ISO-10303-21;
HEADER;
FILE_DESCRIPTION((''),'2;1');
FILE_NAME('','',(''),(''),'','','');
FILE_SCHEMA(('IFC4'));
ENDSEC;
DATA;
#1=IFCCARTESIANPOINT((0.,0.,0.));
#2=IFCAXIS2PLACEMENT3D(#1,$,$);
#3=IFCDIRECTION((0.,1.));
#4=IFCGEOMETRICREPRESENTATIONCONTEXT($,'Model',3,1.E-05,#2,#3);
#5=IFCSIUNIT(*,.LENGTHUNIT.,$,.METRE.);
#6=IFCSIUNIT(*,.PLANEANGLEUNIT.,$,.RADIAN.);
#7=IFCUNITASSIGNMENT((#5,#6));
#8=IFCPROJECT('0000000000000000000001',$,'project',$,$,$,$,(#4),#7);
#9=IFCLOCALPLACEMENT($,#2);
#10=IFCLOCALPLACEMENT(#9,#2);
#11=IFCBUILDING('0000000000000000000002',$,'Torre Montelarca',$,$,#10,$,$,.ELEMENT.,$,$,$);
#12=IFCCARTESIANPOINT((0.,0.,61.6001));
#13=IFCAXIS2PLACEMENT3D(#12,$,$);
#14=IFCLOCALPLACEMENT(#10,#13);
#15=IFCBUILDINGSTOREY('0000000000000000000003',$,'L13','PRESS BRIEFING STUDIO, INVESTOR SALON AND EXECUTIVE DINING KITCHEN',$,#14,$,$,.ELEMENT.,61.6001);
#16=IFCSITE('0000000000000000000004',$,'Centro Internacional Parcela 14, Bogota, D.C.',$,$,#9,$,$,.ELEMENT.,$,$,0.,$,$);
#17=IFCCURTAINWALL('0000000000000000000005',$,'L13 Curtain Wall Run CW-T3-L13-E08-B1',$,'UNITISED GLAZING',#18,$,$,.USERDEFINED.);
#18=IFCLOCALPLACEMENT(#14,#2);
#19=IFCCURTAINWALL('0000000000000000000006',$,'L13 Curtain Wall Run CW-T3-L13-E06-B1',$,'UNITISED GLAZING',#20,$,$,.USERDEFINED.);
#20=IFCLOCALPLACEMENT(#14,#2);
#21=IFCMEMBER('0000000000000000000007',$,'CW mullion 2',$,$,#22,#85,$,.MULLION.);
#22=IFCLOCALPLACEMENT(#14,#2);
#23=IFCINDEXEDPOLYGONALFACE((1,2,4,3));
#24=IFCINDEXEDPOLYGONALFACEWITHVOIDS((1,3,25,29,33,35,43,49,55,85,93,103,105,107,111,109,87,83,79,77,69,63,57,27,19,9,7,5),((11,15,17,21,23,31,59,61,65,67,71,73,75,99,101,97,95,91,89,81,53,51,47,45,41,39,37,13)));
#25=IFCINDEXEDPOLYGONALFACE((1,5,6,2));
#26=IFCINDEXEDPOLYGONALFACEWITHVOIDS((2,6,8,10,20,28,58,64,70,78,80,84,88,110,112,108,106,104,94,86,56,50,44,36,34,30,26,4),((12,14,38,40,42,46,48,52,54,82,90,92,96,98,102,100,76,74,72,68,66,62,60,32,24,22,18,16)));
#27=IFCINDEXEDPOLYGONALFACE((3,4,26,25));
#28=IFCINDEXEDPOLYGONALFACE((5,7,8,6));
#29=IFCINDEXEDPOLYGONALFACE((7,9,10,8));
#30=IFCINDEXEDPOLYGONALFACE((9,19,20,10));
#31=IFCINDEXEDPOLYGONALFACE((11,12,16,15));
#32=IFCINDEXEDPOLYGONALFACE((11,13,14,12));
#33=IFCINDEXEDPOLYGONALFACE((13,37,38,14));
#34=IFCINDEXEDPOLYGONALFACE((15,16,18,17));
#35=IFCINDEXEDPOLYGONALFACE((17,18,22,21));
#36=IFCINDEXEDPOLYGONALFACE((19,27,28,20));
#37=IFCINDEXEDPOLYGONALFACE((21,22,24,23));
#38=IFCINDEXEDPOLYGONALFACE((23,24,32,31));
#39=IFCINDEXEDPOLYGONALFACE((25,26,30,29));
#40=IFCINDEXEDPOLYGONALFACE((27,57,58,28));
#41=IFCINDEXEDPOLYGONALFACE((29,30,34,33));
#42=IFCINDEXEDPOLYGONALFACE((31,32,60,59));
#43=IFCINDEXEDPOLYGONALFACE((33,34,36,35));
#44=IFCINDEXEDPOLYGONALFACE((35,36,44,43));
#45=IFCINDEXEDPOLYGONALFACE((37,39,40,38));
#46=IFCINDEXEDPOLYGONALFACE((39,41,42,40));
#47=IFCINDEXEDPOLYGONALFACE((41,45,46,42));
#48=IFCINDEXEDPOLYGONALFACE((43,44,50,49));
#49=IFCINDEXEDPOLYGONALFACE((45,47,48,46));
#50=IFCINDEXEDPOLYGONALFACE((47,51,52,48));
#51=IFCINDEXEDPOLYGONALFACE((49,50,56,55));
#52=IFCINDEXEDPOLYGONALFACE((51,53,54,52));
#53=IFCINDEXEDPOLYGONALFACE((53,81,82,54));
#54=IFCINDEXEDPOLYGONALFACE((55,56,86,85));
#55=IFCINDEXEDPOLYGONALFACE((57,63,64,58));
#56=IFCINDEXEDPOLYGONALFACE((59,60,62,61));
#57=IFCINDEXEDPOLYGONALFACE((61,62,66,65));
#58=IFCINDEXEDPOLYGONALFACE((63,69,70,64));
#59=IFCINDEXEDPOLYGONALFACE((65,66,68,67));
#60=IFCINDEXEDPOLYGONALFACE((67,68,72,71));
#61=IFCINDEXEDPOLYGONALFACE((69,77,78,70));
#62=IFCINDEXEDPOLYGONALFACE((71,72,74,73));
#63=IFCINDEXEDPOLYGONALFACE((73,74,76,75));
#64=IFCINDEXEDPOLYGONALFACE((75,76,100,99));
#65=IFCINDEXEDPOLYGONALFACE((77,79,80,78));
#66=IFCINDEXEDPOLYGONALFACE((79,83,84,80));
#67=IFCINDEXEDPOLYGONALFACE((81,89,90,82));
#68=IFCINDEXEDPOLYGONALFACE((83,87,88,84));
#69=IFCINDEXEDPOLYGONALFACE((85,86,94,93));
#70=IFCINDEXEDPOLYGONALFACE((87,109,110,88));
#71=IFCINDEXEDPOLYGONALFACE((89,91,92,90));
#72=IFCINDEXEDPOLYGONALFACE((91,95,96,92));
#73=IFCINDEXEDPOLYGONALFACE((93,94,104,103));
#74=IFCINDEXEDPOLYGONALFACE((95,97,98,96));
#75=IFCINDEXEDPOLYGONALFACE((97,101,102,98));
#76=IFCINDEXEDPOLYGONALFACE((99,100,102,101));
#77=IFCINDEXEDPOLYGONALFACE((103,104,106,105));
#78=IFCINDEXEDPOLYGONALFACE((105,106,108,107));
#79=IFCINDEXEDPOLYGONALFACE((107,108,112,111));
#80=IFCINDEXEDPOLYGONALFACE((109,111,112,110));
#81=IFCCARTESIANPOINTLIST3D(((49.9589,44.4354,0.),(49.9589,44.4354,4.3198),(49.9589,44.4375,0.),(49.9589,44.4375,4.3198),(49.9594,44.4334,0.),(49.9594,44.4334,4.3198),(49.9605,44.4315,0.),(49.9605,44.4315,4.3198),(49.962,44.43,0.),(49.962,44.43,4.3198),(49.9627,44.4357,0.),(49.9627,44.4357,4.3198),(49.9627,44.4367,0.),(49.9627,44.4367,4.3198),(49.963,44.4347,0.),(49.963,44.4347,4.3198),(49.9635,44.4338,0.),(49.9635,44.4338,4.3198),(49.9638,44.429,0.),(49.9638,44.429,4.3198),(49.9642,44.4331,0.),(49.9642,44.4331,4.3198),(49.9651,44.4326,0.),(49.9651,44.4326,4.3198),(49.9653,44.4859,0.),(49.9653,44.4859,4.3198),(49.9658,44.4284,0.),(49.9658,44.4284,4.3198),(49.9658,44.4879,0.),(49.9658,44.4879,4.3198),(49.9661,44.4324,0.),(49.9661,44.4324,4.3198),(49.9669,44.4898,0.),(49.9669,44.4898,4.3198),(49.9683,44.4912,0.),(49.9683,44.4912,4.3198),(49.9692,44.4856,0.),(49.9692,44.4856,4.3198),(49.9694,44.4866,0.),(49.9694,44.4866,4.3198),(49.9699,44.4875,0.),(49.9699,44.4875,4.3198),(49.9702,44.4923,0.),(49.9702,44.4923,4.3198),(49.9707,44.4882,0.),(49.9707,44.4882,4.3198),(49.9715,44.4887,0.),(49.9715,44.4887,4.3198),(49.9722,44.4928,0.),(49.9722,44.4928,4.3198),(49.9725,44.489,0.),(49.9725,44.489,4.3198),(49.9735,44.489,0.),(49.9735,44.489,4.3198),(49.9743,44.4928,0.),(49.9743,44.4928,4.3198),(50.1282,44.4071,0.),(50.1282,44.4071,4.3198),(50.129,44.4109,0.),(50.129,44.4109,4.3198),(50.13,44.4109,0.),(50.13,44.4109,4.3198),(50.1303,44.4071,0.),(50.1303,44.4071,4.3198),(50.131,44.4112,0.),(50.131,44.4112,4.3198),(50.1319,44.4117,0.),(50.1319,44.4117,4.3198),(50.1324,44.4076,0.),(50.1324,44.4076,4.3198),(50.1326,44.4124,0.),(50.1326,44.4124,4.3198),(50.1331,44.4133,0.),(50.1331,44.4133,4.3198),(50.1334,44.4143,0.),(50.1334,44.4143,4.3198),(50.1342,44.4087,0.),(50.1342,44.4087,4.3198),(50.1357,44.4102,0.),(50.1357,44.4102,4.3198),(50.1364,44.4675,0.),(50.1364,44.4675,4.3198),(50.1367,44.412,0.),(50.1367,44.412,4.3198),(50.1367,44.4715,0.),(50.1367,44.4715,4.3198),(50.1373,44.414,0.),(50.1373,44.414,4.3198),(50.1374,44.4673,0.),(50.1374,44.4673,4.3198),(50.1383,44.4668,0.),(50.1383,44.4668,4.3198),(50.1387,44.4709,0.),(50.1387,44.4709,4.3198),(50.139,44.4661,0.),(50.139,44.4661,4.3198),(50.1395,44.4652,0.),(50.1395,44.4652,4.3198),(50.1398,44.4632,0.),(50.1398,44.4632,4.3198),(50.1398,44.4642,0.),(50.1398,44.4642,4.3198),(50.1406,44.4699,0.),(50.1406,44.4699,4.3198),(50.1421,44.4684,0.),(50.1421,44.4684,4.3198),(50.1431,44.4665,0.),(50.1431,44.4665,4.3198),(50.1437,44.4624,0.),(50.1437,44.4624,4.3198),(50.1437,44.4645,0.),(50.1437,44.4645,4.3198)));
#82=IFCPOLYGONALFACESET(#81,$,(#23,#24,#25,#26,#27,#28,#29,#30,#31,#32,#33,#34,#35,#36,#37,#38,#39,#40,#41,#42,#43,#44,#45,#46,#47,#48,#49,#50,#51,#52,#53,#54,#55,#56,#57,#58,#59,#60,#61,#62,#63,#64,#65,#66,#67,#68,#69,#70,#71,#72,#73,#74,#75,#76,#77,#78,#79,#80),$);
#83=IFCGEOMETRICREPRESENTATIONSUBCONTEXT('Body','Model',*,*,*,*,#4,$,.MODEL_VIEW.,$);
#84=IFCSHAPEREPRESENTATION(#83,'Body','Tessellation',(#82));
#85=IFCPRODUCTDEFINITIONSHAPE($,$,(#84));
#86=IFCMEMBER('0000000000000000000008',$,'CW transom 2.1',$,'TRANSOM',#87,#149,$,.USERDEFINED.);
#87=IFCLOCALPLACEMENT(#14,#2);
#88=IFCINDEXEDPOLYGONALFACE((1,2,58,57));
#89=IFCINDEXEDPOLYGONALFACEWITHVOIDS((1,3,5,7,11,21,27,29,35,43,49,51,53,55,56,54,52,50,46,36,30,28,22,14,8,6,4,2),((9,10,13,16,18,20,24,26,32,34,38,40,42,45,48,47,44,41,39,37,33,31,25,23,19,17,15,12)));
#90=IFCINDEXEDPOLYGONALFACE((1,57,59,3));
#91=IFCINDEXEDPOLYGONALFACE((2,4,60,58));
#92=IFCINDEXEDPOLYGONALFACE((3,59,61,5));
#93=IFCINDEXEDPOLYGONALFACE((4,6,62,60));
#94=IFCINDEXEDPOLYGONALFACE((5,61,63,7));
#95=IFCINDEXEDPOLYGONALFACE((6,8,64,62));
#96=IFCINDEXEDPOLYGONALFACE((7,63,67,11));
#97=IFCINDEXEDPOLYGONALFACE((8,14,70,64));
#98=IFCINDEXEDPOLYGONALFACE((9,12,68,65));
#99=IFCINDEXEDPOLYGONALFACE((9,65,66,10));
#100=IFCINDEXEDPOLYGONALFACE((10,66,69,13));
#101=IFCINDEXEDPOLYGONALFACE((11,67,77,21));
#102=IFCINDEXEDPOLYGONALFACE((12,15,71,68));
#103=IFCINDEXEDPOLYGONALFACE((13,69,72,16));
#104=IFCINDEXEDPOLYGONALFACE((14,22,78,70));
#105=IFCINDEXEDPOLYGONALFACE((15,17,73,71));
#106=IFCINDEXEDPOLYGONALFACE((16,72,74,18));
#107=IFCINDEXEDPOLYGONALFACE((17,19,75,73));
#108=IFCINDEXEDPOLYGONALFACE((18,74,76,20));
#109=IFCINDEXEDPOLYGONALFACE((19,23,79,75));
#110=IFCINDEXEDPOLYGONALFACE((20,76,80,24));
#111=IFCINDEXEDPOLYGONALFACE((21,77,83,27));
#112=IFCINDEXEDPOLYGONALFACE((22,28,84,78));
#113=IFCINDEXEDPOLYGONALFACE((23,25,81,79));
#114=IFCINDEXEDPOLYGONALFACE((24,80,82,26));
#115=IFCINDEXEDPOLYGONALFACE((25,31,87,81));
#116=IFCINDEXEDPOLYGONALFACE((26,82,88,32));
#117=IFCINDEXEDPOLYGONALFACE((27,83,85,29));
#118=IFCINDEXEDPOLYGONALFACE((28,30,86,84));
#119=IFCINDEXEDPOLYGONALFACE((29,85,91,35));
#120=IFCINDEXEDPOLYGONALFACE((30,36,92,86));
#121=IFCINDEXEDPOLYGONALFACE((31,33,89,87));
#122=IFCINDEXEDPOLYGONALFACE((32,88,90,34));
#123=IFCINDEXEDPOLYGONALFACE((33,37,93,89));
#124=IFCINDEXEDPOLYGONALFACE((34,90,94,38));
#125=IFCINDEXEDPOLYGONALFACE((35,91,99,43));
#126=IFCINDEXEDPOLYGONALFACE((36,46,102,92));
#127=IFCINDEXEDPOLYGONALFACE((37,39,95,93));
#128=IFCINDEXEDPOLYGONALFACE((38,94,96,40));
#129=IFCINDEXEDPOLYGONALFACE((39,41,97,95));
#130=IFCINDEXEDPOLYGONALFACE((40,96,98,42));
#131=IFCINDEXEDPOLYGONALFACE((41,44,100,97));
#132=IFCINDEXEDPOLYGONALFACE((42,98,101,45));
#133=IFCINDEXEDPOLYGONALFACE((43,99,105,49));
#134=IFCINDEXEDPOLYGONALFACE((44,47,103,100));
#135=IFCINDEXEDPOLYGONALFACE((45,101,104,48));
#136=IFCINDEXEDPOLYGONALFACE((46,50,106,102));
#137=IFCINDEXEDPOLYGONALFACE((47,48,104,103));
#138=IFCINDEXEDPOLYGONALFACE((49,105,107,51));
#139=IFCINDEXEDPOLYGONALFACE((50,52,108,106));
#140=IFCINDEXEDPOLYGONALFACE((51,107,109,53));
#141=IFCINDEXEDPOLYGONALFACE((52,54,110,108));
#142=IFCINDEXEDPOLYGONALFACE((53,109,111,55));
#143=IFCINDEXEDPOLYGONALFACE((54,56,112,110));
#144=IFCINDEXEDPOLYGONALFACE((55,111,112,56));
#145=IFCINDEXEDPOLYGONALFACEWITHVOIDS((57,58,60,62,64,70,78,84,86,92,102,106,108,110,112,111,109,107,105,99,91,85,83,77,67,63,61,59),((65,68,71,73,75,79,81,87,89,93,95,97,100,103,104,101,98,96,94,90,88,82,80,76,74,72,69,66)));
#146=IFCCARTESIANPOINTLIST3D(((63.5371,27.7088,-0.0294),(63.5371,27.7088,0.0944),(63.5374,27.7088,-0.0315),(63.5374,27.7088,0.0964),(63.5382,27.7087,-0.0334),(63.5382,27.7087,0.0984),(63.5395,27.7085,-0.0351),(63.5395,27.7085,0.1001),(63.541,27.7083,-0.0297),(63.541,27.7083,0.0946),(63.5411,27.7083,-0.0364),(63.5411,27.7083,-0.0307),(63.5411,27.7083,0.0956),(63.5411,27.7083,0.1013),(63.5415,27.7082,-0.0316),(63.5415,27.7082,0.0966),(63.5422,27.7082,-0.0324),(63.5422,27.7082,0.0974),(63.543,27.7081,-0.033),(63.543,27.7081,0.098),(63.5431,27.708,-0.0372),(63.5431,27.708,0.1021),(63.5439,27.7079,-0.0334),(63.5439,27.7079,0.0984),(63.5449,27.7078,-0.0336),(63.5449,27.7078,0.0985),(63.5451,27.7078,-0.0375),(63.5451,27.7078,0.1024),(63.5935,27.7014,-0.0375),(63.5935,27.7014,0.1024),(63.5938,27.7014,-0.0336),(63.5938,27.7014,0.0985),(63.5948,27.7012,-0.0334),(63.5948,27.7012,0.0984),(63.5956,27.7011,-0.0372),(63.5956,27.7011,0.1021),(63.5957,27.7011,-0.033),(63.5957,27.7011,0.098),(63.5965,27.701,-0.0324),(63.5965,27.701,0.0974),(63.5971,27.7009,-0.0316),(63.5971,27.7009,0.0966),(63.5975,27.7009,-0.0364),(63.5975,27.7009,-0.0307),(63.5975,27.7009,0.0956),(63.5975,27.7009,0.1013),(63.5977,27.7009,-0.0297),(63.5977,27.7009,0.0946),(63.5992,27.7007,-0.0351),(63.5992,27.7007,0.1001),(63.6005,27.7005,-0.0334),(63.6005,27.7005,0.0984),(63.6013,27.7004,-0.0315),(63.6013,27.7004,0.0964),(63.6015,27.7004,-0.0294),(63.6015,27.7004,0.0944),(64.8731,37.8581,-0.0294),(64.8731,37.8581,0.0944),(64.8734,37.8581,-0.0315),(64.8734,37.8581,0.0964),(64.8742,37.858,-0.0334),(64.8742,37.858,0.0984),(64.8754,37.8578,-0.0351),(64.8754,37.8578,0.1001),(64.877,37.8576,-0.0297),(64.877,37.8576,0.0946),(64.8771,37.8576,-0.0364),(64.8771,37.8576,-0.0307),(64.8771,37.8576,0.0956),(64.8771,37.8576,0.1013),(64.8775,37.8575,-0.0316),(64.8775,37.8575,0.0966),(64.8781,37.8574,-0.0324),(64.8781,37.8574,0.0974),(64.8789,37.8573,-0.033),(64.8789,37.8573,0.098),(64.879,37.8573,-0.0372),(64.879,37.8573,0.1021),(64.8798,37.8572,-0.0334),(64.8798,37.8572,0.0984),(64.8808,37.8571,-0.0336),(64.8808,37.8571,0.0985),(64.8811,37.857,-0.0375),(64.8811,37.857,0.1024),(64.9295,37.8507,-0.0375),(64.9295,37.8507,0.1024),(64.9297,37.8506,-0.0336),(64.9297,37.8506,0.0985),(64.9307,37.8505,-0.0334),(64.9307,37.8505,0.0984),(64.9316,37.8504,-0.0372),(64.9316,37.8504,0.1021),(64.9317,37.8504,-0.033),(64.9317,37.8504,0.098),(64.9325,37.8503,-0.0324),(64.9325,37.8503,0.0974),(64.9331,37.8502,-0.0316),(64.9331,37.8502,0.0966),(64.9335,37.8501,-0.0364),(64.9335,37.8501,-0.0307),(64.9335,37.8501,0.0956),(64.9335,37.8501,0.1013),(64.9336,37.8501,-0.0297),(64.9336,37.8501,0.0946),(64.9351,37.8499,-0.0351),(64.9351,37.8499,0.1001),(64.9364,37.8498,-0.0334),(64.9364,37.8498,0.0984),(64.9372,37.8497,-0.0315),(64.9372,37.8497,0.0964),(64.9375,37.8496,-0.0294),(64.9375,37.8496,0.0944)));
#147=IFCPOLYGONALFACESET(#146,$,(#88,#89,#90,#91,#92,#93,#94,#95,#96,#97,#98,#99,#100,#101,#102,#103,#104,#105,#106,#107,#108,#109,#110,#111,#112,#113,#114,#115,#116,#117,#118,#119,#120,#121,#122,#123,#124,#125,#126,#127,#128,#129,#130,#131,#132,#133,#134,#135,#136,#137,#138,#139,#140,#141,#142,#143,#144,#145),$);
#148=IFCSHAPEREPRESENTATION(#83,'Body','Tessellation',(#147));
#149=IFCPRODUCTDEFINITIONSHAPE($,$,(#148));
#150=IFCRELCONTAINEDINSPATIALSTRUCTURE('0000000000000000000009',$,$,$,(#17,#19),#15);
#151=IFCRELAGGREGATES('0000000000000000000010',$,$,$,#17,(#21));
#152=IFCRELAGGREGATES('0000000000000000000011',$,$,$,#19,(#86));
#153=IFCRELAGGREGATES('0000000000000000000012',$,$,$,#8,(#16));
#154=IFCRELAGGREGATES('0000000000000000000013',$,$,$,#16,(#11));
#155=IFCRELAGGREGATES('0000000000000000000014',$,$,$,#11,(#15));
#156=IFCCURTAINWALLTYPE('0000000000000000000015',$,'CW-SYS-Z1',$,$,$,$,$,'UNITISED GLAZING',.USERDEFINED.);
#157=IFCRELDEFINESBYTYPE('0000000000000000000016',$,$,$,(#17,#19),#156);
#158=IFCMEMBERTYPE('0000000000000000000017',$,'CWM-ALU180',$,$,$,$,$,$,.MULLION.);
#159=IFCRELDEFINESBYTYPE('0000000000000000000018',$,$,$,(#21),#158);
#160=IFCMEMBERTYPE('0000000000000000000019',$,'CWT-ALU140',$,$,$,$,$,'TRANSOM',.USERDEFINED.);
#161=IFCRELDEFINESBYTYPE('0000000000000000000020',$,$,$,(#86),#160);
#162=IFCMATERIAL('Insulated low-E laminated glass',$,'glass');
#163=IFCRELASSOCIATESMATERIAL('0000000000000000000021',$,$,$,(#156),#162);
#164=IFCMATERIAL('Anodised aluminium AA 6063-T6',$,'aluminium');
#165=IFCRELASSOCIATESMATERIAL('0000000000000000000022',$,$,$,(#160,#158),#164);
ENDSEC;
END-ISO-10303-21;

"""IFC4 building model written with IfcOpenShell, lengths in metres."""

from ifc_helpers import new_model, si_unit, direction, frame, origin, origin_2d, place, context, subcontext, project, spatial, hollow_rectangle, extrude, source, transform, mapped, material, material_profile, profile_set, type_object, element, aggregate, save


model = new_model("IFC4")

# Units and contexts
model_context = context("Model", 3, precision=1e-05, world=origin(), true_north=direction((0.0, 1.0)))
body_context = subcontext(model_context, "Body", "Model", "MODEL_VIEW")
ifc_project = project(units=[si_unit("LENGTHUNIT", "METRE"), si_unit("PLANEANGLEUNIT", "RADIAN")], contexts=[model_context])

# Site, building, storey
site_placement = place(None, origin())
site = spatial("IfcSite", under=ifc_project, at=site_placement, Name="Centro Internacional Parcela 14, Bogota, D.C.", CompositionType="ELEMENT", RefElevation=0.0)
building_placement = place(site_placement, origin())
building = spatial("IfcBuilding", under=site, at=building_placement, Name="Torre Montelarca", CompositionType="ELEMENT")
storey_placement = place(building_placement, frame((0.0, 0.0, 61.6001)))
storey = spatial("IfcBuildingStorey", under=building, at=storey_placement, Name="L13", Description="PRESS BRIEFING STUDIO, INVESTOR SALON AND EXECUTIVE DINING KITCHEN", CompositionType="ELEMENT", Elevation=61.6001)

# Curtain walls
ifc_material_1 = material(Name="Insulated low-E laminated glass", Category="glass")
curtain_wall_type = type_object("IfcCurtainWallType", Name="CW-SYS-Z1", ElementType="UNITISED GLAZING", PredefinedType="USERDEFINED", material=ifc_material_1)
ifc_material_2 = material(Name="Anodised aluminium AA 6063-T6", Category="aluminium")
ifc_material_profile_1 = material_profile(ifc_material_2, hollow_rectangle(XDim=0.0649, YDim=0.1399, WallThickness=0.0039, InnerFilletRadius=0.0039, OuterFilletRadius=0.0081, at=origin_2d()), Name="ALU65X140X4", Category="aluminium")
ifc_profile_set_1 = profile_set([ifc_material_profile_1], Name="Anodised aluminium AA 6063-T6")
member_type_1 = type_object("IfcMemberType", Name="CWT-ALU140", ElementType="TRANSOM", PredefinedType="USERDEFINED", material=ifc_profile_set_1)
curtain_wall_1_placement = place(storey_placement, origin())
curtain_wall_1 = element("IfcCurtainWall", 1, at=curtain_wall_1_placement, inside=storey, type_object=curtain_wall_type, Name="L13 Curtain Wall Run CW-T3-L13-E08-B1", ObjectType="UNITISED GLAZING", PredefinedType="USERDEFINED")
curtain_wall_2_placement = place(storey_placement, origin())
curtain_wall_2 = element("IfcCurtainWall", 2, at=curtain_wall_2_placement, inside=storey, type_object=curtain_wall_type, Name="L13 Curtain Wall Run CW-T3-L13-E06-B1", ObjectType="UNITISED GLAZING", PredefinedType="USERDEFINED")
ifc_material_profile_2 = material_profile(ifc_material_2, hollow_rectangle(XDim=0.0649, YDim=0.1799, WallThickness=0.0039, InnerFilletRadius=0.0039, OuterFilletRadius=0.0081, at=origin_2d()), Name="ALU65X180X4", Category="aluminium")
ifc_profile_set_2 = profile_set([ifc_material_profile_2], Name="Anodised aluminium AA 6063-T6")
member_type_2 = type_object("IfcMemberType", Name="CWM-ALU180", PredefinedType="MULLION", material=ifc_profile_set_2)
shared_shape_1 = source(origin(), body_context, "Body", "SweptSolid", [
    extrude(hollow_rectangle(XDim=0.0649, YDim=0.1799, WallThickness=0.0039, InnerFilletRadius=0.0039, OuterFilletRadius=0.0081, at=origin_2d()), origin(), (0.0, 0.0, 1.0), 4.3198),
])

# Members
member_1_placement = place(storey_placement, frame((50.0513, 44.45, 0.0), z_axis=(0.0, 0.0, 1.0), x_axis=(-0.130523, -0.991445, 0.0)))
member_1 = element("IfcMember", 3, at=member_1_placement, type_object=member_type_2, Name="CW mullion 2", PredefinedType="MULLION", context=body_context, shape_type="MappedRepresentation", body=[
    mapped(shared_shape_1, transform((0.0, 0.0, 0.0), scale=1.0)),
])
shared_shape_2 = source(origin(), body_context, "Body", "SweptSolid", [
    extrude(hollow_rectangle(XDim=0.0649, YDim=0.1399, WallThickness=0.0039, InnerFilletRadius=0.0039, OuterFilletRadius=0.0081, at=origin_2d()), origin(), (0.0, 0.0, 1.0), 10.2368),
])
member_2_placement = place(storey_placement, frame((63.5693, 27.7046, 0.0325), z_axis=(0.130504, 0.991448, 0.0), x_axis=(-0.991448, 0.130504, 0.0)))
member_2 = element("IfcMember", 4, at=member_2_placement, type_object=member_type_1, Name="CW transom 2.1", ObjectType="TRANSOM", PredefinedType="USERDEFINED", context=body_context, shape_type="MappedRepresentation", body=[
    mapped(shared_shape_2, transform((0.0, 0.0, 0.0), scale=1.0)),
])

aggregate(curtain_wall_1, [member_1])
aggregate(curtain_wall_2, [member_2])

save(model, "model.ifc")
